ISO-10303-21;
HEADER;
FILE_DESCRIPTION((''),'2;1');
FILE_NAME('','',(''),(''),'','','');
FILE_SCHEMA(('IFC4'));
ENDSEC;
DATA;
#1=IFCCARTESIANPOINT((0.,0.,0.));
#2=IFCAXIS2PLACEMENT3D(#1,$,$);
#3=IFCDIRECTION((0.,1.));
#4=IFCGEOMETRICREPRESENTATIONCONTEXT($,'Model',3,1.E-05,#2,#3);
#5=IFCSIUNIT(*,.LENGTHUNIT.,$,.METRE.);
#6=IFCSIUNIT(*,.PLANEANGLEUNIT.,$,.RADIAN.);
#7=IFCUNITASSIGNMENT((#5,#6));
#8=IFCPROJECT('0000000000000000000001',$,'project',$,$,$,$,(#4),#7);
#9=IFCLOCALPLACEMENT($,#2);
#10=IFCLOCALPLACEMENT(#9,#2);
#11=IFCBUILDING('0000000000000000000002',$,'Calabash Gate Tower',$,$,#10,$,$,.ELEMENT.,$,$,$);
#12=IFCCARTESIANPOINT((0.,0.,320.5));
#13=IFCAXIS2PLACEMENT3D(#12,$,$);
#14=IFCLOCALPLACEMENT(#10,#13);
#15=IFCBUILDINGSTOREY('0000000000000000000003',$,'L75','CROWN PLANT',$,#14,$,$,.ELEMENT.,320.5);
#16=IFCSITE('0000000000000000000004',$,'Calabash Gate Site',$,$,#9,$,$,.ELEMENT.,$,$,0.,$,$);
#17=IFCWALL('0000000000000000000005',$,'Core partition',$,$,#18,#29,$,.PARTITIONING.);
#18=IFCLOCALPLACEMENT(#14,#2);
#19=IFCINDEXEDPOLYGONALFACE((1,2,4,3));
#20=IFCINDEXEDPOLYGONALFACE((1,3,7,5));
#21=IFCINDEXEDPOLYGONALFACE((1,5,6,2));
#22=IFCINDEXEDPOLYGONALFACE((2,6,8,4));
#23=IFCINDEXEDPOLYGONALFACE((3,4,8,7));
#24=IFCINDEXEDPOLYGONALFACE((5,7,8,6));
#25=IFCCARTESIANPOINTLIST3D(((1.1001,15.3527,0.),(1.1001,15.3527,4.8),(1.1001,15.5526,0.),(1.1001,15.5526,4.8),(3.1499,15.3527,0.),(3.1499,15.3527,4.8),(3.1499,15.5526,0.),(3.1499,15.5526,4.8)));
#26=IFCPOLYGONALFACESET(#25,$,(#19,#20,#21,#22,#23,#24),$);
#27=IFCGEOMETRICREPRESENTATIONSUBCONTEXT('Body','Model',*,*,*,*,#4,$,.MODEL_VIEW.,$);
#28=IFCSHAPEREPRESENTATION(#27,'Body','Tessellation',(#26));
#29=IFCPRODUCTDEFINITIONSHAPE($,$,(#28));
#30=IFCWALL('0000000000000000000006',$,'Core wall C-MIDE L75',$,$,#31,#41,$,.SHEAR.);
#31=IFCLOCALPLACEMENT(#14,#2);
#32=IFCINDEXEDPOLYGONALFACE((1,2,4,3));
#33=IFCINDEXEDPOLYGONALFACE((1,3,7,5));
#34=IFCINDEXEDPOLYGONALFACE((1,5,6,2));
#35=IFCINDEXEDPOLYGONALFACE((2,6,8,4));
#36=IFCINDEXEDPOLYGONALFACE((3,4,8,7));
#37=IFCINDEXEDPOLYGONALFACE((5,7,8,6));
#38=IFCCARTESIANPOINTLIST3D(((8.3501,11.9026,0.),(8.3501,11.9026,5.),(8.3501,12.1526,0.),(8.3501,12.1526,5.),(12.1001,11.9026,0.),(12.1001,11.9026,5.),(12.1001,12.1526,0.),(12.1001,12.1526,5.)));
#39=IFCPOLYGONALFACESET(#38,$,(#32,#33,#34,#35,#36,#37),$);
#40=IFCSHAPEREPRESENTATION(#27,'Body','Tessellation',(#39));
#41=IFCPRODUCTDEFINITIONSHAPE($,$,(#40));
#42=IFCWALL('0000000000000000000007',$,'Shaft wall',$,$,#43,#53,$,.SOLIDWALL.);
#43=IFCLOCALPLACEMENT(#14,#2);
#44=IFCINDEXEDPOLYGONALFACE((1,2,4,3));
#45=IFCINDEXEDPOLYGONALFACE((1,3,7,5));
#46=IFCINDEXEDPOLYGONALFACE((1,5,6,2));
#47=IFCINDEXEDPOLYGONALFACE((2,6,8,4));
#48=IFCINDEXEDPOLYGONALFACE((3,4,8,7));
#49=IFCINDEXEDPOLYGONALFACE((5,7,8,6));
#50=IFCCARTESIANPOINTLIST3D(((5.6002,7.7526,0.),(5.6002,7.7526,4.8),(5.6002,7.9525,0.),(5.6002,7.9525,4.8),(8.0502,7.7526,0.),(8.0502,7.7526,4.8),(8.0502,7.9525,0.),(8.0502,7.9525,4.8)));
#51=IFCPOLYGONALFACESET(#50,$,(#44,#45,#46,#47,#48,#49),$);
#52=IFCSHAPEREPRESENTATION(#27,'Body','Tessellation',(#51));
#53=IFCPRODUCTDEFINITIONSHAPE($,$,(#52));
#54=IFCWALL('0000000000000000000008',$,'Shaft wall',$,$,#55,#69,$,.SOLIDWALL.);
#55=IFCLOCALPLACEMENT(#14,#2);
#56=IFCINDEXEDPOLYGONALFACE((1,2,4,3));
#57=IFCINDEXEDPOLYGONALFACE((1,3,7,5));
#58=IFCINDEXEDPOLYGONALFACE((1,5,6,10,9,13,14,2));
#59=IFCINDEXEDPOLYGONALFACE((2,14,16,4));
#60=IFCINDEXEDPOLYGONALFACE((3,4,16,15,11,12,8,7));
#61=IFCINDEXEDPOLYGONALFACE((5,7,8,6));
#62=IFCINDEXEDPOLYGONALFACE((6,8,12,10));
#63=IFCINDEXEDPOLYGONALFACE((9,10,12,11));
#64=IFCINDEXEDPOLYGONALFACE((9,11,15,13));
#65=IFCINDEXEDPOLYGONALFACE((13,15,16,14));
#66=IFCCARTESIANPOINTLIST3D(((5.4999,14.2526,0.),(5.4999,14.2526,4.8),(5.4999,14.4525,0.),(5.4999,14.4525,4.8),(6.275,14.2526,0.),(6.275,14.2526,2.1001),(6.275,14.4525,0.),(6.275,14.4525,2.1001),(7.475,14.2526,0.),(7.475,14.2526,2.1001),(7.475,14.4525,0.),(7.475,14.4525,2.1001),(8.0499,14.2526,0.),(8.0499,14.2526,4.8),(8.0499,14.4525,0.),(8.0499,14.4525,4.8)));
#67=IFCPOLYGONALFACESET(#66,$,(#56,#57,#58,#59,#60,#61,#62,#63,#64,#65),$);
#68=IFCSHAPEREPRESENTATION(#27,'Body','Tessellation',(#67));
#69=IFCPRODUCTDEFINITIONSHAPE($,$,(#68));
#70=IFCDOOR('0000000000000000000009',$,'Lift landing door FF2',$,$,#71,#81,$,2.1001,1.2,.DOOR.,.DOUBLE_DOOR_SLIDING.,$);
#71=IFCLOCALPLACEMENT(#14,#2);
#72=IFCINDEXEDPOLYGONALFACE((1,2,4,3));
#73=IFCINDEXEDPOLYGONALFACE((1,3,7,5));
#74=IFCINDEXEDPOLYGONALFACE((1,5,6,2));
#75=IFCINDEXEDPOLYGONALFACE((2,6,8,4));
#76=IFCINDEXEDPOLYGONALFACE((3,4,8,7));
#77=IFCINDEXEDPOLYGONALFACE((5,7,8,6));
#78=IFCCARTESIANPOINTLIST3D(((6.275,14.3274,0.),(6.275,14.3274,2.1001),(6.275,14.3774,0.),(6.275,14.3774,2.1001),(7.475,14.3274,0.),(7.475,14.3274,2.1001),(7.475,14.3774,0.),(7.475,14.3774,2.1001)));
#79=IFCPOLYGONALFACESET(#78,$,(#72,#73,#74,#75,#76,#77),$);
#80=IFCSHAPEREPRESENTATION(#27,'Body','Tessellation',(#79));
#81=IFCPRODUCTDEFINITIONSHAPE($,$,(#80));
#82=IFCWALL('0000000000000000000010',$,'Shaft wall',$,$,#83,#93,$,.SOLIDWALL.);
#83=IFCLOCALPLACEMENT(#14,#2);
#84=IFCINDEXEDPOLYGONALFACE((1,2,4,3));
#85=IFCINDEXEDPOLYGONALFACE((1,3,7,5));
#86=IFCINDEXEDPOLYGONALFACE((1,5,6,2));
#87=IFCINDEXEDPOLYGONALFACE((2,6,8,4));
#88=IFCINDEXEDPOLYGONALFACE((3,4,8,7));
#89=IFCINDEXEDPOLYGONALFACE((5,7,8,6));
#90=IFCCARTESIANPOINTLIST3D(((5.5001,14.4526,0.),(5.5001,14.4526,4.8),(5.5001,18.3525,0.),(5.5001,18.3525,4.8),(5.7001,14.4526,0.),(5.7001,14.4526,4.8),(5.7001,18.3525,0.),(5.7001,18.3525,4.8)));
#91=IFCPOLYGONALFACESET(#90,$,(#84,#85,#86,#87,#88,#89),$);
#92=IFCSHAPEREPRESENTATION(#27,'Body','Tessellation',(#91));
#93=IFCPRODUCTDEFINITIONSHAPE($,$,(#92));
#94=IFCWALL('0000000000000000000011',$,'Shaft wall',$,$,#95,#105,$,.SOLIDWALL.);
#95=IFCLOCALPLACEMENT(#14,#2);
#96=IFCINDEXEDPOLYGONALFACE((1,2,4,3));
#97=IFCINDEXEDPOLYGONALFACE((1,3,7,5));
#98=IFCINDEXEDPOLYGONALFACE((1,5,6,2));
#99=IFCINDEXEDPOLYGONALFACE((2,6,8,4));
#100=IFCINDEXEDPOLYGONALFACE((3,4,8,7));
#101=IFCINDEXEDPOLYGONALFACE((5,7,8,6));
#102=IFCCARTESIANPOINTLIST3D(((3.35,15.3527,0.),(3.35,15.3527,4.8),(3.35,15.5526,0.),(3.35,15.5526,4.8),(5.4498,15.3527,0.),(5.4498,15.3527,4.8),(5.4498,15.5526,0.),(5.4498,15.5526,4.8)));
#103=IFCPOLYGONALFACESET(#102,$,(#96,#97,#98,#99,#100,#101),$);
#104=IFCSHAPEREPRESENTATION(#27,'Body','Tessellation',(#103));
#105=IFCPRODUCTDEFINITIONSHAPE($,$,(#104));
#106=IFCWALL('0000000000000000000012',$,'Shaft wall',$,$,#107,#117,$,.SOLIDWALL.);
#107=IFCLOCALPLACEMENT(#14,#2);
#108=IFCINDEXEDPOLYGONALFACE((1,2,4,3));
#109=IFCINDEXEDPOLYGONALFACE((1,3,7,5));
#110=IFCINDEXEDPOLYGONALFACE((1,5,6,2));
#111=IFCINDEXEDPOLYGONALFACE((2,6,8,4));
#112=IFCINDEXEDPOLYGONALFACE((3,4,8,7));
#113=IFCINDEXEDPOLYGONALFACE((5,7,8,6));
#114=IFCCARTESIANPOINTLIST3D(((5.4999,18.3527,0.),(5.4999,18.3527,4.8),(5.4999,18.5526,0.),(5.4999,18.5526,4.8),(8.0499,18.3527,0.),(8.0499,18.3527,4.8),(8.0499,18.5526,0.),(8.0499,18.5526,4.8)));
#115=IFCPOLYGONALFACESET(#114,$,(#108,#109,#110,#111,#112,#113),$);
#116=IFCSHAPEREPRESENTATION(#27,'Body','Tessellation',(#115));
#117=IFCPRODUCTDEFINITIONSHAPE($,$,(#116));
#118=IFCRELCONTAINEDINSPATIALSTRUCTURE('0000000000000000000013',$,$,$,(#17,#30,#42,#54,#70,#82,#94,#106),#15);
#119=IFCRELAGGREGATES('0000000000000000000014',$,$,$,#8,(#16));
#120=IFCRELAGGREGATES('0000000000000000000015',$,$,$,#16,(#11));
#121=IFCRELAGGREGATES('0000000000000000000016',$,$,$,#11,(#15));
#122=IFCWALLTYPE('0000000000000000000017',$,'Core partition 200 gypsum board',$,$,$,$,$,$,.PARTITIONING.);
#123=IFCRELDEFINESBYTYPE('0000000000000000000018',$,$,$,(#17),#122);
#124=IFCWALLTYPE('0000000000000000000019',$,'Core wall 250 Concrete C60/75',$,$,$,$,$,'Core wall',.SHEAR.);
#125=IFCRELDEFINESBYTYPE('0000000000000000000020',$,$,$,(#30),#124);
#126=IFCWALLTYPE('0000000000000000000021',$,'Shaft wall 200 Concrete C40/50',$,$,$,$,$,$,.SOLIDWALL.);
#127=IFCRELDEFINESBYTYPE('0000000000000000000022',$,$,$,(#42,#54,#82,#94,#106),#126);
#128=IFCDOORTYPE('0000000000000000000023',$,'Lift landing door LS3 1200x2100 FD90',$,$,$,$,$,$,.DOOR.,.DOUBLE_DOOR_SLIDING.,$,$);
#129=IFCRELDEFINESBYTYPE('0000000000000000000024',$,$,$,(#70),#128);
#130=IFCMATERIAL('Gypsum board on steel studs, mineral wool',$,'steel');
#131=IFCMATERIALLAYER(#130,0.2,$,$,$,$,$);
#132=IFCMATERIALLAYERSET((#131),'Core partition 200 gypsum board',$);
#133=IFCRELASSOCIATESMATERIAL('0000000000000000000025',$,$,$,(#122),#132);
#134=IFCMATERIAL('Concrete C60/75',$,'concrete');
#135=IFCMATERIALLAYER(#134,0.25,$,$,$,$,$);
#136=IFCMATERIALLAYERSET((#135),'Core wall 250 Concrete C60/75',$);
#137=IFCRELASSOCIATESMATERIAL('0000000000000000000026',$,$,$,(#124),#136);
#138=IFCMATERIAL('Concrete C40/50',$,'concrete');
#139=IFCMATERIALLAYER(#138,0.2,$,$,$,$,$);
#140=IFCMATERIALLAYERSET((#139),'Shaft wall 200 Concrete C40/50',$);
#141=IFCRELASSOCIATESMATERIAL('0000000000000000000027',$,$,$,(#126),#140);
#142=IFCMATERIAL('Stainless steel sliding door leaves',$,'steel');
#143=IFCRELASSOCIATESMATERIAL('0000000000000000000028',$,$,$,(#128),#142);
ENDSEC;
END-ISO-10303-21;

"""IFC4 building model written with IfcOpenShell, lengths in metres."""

from ifc_helpers import new_model, si_unit, direction, frame, frame_2d, origin, place, context, subcontext, project, spatial, rectangle, extrude, material, layer, layer_set, type_object, element, fill, save


model = new_model("IFC4")

# Units and contexts
model_context = context("Model", 3, precision=1e-05, world=origin(), true_north=direction((0.0, 1.0)))
body_context = subcontext(model_context, "Body", "Model", "MODEL_VIEW")
ifc_project = project(units=[si_unit("LENGTHUNIT", "METRE"), si_unit("PLANEANGLEUNIT", "RADIAN")], contexts=[model_context])

# Site, building, storey
site_placement = place(None, origin())
site = spatial("IfcSite", under=ifc_project, at=site_placement, Name="Calabash Gate Site", CompositionType="ELEMENT", RefElevation=0.0)
building_placement = place(site_placement, origin())
building = spatial("IfcBuilding", under=site, at=building_placement, Name="Calabash Gate Tower", CompositionType="ELEMENT")
storey_placement = place(building_placement, frame((0.0, 0.0, 320.5)))
storey = spatial("IfcBuildingStorey", under=building, at=storey_placement, Name="L75", Description="CROWN PLANT", CompositionType="ELEMENT", Elevation=320.5)

# Shared definitions
ifc_material_1 = material(Name="Gypsum board on steel studs, mineral wool", Category="steel")
ifc_layer_1 = layer(ifc_material_1, 0.2)
ifc_layer_set_1 = layer_set([ifc_layer_1], Name="Core partition 200 gypsum board")
wall_type_1 = type_object("IfcWallType", Name="Core partition 200 gypsum board", PredefinedType="PARTITIONING", material=ifc_layer_set_1)

# Walls
wall_1_placement = place(storey_placement, frame((1.1001, 15.4526, 0.0), z_axis=(0.0, 0.0, 1.0), x_axis=(1.0, 0.0, 0.0)))
element("IfcWall", 1, at=wall_1_placement, inside=storey, type_object=wall_type_1, Name="Core partition", PredefinedType="PARTITIONING", context=body_context, shape_type="SweptSolid", body=[
    extrude(rectangle(XDim=2.0498, YDim=0.2, at=frame_2d((1.0249, 0.0))), origin(), (0.0, 0.0, 1.0), 4.8),
])
ifc_material_2 = material(Name="Concrete C60/75", Category="concrete")
ifc_layer_2 = layer(ifc_material_2, 0.25)
ifc_layer_set_2 = layer_set([ifc_layer_2], Name="Core wall 250 Concrete C60/75")
wall_type_2 = type_object("IfcWallType", Name="Core wall 250 Concrete C60/75", ElementType="Core wall", PredefinedType="SHEAR", material=ifc_layer_set_2)
wall_2_placement = place(storey_placement, frame((8.3501, 12.0276, 0.0), z_axis=(0.0, 0.0, 1.0), x_axis=(1.0, 0.0, 0.0)))
element("IfcWall", 2, at=wall_2_placement, inside=storey, type_object=wall_type_2, Name="Core wall C-MIDE L75", PredefinedType="SHEAR", context=body_context, shape_type="SweptSolid", body=[
    extrude(rectangle(XDim=3.75, YDim=0.25, at=frame_2d((1.875, 0.0))), origin(), (0.0, 0.0, 1.0), 5.0),
])
ifc_material_3 = material(Name="Concrete C40/50", Category="concrete")
ifc_layer_3 = layer(ifc_material_3, 0.2)
ifc_layer_set_3 = layer_set([ifc_layer_3], Name="Shaft wall 200 Concrete C40/50")
wall_type_3 = type_object("IfcWallType", Name="Shaft wall 200 Concrete C40/50", PredefinedType="SOLIDWALL", material=ifc_layer_set_3)
wall_3_placement = place(storey_placement, frame((5.6001, 7.8525, 0.0), z_axis=(0.0, 0.0, 1.0), x_axis=(1.0, 0.0, 0.0)))
element("IfcWall", 3, at=wall_3_placement, inside=storey, type_object=wall_type_3, Name="Shaft wall", PredefinedType="SOLIDWALL", context=body_context, shape_type="SweptSolid", body=[
    extrude(rectangle(XDim=2.45, YDim=0.2, at=frame_2d((1.2251, 0.0))), origin(), (0.0, 0.0, 1.0), 4.8),
])

# Wall, opening, door
wall_4_placement = place(storey_placement, frame((5.5, 14.3525, 0.0), z_axis=(0.0, 0.0, 1.0), x_axis=(1.0, 0.0, 0.0)))
wall_4 = element("IfcWall", 4, at=wall_4_placement, inside=storey, type_object=wall_type_3, Name="Shaft wall", PredefinedType="SOLIDWALL", context=body_context, shape_type="SweptSolid", body=[
    extrude(rectangle(XDim=2.55, YDim=0.2, at=frame_2d((1.2749, 0.0))), origin(), (0.0, 0.0, 1.0), 4.8),
])
opening_1_placement = place(wall_4_placement, frame((0.7749, 0.0, 0.0)))
opening_1 = element("IfcOpeningElement", 5, at=opening_1_placement, cuts=wall_4, PredefinedType="OPENING", context=body_context, shape_type="SweptSolid", body=[
    extrude(rectangle(XDim=1.2, YDim=2.1001, at=frame_2d((0.6001, 1.05))), frame((0.0, 0.1099, 0.0), z_axis=(0.0, -1.0, 0.0), x_axis=(1.0, 0.0, 0.0)), (0.0, 0.0, 1.0), 0.22),
])
ifc_material_4 = material(Name="Stainless steel sliding door leaves", Category="steel")
door_type_1 = type_object("IfcDoorType", Name="Lift landing door LS3 1200x2100 FD90", OperationType="DOUBLE_DOOR_SLIDING", PredefinedType="DOOR", material=ifc_material_4)
door_1_placement = place(opening_1_placement, origin())
door_1 = element("IfcDoor", 6, at=door_1_placement, inside=storey, type_object=door_type_1, Name="Lift landing door FF2", OperationType="DOUBLE_DOOR_SLIDING", OverallHeight=2.1001, OverallWidth=1.2, PredefinedType="DOOR", context=body_context, shape_type="SweptSolid", body=[
    extrude(rectangle(XDim=1.2, YDim=2.1001, at=frame_2d((0.6001, 1.05))), frame((0.0, 0.0249, 0.0), z_axis=(0.0, -1.0, 0.0), x_axis=(1.0, 0.0, 0.0)), (0.0, 0.0, 1.0), 0.05),
])
fill(opening_1, door_1)

# Walls
wall_5_placement = place(storey_placement, frame((5.6001, 14.4526, 0.0), z_axis=(0.0, 0.0, 1.0), x_axis=(0.0, 1.0, 0.0)))
element("IfcWall", 7, at=wall_5_placement, inside=storey, type_object=wall_type_3, Name="Shaft wall", PredefinedType="SOLIDWALL", context=body_context, shape_type="SweptSolid", body=[
    extrude(rectangle(XDim=3.8999, YDim=0.2, at=frame_2d((1.95, 0.0))), origin(), (0.0, 0.0, 1.0), 4.8),
])
wall_6_placement = place(storey_placement, frame((3.3501, 15.4526, 0.0), z_axis=(0.0, 0.0, 1.0), x_axis=(1.0, 0.0, 0.0)))
element("IfcWall", 8, at=wall_6_placement, inside=storey, type_object=wall_type_3, Name="Shaft wall", PredefinedType="SOLIDWALL", context=body_context, shape_type="SweptSolid", body=[
    extrude(rectangle(XDim=2.0999, YDim=0.2, at=frame_2d((1.0498, 0.0))), origin(), (0.0, 0.0, 1.0), 4.8),
])
wall_7_placement = place(storey_placement, frame((5.5, 18.4526, 0.0), z_axis=(0.0, 0.0, 1.0), x_axis=(1.0, 0.0, 0.0)))
element("IfcWall", 9, at=wall_7_placement, inside=storey, type_object=wall_type_3, Name="Shaft wall", PredefinedType="SOLIDWALL", context=body_context, shape_type="SweptSolid", body=[
    extrude(rectangle(XDim=2.55, YDim=0.2, at=frame_2d((1.2749, 0.0))), origin(), (0.0, 0.0, 1.0), 4.8),
])

save(model, "model.ifc")
